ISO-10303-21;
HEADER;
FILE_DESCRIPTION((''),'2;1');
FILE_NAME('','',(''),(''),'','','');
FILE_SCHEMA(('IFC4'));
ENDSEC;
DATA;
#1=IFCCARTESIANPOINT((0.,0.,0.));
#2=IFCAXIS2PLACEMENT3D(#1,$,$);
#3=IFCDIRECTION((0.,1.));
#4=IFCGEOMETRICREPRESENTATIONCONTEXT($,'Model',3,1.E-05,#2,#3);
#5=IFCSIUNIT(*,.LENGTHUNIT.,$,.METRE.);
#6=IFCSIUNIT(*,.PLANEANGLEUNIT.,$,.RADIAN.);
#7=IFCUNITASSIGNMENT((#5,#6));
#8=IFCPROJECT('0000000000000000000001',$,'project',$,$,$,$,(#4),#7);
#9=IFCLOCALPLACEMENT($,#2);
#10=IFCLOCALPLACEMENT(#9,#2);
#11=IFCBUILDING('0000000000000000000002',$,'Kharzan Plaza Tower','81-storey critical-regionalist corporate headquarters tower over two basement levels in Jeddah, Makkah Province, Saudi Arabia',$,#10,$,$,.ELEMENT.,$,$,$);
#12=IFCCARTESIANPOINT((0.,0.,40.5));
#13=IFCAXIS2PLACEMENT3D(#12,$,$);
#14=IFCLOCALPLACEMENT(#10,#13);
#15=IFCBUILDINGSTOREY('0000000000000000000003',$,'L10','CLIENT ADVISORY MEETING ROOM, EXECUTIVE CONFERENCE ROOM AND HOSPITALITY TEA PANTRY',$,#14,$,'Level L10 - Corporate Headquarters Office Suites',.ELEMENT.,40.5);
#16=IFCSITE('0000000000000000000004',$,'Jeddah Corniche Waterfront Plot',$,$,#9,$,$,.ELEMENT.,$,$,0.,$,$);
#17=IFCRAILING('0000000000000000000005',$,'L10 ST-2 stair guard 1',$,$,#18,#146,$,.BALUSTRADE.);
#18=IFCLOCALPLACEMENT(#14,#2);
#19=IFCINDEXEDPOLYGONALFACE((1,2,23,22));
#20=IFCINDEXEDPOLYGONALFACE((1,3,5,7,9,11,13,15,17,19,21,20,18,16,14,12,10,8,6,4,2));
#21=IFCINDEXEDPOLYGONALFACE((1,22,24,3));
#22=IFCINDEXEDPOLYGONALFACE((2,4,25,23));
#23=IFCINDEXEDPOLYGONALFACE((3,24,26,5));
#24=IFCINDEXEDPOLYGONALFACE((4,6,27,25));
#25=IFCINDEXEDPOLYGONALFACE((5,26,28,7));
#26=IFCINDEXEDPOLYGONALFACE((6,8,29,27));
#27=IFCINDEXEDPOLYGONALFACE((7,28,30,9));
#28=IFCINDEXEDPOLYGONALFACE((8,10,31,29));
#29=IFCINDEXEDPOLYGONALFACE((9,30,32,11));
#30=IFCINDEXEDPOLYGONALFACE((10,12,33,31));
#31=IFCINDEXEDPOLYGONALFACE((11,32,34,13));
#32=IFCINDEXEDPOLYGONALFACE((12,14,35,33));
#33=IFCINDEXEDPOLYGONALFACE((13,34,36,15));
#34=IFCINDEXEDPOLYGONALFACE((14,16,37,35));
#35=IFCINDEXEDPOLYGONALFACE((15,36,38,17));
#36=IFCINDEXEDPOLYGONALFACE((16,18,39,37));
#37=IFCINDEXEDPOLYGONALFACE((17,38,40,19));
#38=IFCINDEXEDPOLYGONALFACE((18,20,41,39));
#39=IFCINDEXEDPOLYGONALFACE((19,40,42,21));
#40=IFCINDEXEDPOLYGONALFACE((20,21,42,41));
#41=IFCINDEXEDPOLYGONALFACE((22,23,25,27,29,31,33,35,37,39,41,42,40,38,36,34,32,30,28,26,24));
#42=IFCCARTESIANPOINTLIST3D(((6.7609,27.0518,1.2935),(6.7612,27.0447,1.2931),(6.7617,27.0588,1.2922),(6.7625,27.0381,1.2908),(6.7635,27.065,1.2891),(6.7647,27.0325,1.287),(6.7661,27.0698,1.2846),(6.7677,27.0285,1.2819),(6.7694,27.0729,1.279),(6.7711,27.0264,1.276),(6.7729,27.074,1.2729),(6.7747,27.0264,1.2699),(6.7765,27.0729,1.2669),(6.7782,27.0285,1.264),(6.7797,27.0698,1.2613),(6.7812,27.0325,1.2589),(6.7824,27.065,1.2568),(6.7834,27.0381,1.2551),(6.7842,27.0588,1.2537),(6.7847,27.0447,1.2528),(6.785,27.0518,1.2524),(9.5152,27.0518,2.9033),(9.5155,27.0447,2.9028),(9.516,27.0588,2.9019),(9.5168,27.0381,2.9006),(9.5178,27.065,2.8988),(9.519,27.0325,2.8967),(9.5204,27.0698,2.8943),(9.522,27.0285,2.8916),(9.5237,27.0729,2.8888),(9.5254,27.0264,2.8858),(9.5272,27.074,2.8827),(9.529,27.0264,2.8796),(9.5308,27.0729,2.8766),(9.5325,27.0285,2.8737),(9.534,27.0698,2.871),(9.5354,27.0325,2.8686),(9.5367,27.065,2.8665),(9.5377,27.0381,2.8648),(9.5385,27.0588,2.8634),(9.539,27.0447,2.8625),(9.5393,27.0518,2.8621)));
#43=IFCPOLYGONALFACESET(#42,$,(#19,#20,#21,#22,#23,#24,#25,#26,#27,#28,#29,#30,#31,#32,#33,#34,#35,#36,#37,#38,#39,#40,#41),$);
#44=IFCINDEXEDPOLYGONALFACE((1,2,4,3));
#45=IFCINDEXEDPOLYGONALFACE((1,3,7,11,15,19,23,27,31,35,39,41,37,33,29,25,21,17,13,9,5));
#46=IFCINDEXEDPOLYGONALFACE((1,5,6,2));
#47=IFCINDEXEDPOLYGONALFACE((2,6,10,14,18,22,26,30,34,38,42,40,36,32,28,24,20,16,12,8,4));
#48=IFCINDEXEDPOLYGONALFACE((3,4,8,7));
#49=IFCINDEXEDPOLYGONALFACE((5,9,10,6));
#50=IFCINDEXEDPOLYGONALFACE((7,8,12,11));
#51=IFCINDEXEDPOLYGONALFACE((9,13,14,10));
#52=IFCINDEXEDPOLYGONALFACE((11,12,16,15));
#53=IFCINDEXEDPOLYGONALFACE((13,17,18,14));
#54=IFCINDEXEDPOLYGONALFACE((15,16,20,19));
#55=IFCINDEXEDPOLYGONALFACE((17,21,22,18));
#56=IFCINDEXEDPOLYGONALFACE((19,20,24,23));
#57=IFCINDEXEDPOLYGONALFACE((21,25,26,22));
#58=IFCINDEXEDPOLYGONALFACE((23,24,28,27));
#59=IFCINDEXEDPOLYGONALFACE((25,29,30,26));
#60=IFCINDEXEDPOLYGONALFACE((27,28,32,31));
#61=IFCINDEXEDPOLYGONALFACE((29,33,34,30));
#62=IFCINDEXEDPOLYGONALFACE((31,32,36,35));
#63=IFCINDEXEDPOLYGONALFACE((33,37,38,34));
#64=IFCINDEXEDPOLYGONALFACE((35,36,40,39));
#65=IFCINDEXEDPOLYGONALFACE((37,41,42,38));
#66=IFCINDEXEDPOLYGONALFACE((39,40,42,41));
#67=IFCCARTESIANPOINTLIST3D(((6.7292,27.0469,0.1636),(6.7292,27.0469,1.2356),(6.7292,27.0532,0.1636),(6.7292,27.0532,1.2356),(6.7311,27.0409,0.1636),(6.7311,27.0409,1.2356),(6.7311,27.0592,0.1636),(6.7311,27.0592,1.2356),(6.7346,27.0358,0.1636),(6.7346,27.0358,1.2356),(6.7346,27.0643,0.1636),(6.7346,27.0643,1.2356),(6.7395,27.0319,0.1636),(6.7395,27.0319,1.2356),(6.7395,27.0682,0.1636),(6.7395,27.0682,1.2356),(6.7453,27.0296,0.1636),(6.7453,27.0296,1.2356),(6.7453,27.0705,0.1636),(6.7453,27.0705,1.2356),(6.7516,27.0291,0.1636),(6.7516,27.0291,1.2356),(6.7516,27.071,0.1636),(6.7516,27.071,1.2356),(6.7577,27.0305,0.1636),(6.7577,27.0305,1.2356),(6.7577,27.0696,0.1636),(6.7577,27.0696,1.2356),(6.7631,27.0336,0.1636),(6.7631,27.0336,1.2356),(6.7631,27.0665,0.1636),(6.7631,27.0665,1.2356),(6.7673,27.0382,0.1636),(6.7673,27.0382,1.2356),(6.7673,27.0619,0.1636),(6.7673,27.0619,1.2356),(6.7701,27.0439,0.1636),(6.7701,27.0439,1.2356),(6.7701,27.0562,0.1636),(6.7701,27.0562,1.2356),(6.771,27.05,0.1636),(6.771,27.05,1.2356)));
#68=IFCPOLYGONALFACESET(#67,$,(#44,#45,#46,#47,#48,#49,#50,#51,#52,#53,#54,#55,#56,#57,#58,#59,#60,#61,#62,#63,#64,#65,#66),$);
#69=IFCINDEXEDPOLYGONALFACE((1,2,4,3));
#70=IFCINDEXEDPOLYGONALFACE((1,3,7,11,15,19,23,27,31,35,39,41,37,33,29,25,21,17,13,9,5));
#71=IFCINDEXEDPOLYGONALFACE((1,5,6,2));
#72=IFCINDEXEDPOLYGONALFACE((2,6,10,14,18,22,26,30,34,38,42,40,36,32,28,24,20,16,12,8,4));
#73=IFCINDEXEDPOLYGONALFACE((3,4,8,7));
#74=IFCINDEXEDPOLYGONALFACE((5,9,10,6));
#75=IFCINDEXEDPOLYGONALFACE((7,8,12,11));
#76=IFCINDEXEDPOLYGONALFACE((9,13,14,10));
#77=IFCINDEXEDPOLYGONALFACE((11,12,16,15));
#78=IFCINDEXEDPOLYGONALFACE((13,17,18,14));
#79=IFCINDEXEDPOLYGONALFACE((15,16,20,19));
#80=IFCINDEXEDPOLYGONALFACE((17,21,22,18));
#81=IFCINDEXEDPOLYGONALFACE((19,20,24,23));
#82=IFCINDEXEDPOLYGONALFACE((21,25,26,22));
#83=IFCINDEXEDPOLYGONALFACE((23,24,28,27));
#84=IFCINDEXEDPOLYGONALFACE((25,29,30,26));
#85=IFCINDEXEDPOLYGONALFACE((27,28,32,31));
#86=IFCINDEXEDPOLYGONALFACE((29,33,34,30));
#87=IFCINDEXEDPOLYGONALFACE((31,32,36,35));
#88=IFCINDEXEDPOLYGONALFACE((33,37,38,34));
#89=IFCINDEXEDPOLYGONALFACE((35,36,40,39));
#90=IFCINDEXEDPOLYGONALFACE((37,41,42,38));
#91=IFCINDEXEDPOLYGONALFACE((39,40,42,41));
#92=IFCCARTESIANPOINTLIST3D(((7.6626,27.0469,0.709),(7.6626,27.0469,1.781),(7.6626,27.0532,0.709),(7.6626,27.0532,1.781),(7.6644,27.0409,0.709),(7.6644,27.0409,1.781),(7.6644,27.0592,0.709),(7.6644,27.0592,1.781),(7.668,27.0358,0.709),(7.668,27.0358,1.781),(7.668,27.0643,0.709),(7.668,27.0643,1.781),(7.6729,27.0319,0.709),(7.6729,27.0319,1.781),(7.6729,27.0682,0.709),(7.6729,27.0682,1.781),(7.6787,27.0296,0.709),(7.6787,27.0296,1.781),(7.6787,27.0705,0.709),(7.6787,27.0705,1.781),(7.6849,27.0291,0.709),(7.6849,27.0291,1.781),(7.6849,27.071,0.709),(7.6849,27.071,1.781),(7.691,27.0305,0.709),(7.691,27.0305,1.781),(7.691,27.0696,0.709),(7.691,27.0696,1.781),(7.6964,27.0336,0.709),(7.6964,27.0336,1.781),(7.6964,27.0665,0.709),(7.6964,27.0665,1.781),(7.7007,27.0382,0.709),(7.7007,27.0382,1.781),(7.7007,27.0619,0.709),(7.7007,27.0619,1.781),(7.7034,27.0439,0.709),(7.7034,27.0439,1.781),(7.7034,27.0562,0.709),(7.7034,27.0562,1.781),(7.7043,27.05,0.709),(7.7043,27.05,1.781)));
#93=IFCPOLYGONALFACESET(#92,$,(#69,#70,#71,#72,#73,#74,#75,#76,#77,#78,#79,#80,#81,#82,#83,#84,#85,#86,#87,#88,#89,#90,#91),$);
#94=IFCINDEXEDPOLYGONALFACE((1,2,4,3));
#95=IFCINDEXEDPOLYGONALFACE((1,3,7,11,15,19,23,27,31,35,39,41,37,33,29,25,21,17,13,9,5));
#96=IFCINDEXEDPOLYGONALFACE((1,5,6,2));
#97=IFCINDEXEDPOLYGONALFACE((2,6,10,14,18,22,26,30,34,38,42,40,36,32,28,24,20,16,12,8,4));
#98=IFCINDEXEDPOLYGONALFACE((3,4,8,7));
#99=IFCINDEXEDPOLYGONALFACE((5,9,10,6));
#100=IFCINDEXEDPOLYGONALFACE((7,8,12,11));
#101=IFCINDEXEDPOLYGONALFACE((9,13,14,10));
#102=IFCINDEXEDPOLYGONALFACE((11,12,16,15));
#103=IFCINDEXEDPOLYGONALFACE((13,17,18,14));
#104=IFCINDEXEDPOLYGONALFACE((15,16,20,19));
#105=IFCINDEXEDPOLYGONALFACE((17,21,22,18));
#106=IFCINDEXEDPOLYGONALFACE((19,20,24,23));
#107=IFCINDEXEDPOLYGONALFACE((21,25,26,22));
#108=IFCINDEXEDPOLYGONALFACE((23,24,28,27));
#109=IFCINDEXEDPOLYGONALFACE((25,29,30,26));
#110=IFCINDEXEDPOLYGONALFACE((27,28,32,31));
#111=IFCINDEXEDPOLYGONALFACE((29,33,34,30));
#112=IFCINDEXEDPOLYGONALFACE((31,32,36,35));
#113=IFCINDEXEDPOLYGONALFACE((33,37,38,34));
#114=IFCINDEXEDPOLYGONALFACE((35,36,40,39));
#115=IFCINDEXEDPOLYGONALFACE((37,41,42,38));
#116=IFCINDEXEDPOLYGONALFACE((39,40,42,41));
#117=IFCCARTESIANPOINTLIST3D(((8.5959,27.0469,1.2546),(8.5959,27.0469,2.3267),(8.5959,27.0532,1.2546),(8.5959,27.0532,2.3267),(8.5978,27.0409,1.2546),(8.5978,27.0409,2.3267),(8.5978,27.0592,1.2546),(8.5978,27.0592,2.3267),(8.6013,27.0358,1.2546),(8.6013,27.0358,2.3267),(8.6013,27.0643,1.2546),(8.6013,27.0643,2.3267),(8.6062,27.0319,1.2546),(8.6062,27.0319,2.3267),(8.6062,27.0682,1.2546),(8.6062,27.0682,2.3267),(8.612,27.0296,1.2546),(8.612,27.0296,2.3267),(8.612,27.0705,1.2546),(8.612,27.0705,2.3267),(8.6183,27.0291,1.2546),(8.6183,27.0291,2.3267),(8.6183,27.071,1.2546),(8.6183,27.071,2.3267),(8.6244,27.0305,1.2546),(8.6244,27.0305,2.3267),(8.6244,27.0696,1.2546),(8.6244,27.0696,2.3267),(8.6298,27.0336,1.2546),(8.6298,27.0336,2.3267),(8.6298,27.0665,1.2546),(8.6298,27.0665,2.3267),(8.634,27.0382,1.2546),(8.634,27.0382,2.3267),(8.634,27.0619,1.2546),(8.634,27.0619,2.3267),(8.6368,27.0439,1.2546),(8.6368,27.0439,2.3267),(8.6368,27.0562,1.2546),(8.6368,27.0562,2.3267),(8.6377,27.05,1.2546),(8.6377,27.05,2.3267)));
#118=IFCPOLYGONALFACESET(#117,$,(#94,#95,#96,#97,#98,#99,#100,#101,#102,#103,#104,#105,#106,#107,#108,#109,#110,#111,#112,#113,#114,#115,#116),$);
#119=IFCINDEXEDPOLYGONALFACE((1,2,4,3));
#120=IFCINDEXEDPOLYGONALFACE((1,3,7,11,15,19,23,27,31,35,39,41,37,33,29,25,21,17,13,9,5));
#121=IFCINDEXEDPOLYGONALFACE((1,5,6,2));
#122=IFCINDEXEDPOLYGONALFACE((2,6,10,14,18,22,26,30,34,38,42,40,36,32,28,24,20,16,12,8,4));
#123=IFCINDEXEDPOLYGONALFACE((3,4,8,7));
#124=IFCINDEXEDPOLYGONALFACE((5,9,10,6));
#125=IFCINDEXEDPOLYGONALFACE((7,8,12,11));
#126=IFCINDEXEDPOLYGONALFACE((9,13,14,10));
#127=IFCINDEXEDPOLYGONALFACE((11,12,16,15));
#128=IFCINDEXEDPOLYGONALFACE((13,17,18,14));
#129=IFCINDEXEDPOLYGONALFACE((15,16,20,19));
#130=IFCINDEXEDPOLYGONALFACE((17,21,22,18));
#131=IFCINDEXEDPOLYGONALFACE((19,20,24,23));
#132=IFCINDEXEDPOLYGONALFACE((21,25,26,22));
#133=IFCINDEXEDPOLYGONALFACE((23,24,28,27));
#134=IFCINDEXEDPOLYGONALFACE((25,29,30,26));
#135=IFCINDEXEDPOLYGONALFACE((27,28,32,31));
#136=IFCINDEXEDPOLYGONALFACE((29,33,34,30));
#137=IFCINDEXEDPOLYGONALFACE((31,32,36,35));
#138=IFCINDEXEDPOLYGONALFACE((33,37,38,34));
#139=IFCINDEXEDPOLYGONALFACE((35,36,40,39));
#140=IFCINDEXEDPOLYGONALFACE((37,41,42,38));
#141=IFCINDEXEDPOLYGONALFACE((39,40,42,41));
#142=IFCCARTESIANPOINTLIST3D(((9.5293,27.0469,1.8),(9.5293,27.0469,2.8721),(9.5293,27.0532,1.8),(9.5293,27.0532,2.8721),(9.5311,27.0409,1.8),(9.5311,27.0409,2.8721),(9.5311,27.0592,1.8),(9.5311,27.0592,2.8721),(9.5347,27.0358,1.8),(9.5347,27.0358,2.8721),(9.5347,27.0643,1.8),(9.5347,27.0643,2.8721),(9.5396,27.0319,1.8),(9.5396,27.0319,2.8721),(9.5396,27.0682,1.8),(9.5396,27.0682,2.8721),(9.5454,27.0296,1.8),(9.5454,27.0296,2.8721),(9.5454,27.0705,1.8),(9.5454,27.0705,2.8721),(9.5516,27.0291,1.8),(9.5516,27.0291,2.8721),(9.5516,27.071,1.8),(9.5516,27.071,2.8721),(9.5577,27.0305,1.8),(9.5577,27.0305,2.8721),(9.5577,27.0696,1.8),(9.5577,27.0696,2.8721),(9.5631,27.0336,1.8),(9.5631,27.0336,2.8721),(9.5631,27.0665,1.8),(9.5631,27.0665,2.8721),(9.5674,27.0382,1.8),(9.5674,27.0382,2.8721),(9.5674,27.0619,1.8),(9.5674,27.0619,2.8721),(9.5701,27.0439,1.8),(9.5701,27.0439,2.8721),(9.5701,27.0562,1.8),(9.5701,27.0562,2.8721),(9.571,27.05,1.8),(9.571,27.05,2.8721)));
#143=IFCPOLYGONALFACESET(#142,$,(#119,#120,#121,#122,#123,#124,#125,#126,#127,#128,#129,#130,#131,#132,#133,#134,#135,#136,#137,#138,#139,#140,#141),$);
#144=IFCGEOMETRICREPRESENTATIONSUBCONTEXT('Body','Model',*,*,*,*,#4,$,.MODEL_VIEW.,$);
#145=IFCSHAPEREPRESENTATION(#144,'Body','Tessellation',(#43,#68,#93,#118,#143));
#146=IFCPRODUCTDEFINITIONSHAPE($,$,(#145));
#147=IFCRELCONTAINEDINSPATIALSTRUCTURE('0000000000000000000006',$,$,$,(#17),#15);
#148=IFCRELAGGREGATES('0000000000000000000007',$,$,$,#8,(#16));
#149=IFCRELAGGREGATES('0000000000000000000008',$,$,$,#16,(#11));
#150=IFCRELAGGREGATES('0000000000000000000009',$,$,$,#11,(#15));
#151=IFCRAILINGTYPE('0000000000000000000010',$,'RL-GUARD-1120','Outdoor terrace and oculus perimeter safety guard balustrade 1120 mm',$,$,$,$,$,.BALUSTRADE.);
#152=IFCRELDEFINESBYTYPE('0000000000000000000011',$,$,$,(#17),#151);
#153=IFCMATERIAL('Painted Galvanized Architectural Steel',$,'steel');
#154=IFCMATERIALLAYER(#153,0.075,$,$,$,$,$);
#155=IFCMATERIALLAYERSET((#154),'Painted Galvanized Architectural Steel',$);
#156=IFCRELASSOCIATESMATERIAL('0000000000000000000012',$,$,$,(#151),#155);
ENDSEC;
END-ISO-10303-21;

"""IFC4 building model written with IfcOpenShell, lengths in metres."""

from ifc_helpers import new_model, si_unit, direction, frame, origin, origin_2d, place, context, subcontext, project, spatial, circle, extrude, source, transform, mapped, material, layer, layer_set, type_object, element, save


model = new_model("IFC4")

# Units and contexts
model_context = context("Model", 3, precision=1e-05, world=origin(), true_north=direction((0.0, 1.0)))
body_context = subcontext(model_context, "Body", "Model", "MODEL_VIEW")
ifc_project = project(units=[si_unit("LENGTHUNIT", "METRE"), si_unit("PLANEANGLEUNIT", "RADIAN")], contexts=[model_context])

# Site, building, storey
site_placement = place(None, origin())
site = spatial("IfcSite", under=ifc_project, at=site_placement, Name="Jeddah Corniche Waterfront Plot", CompositionType="ELEMENT", RefElevation=0.0)
building_placement = place(site_placement, origin())
building = spatial("IfcBuilding", under=site, at=building_placement, Name="Kharzan Plaza Tower", Description="81-storey critical-regionalist corporate headquarters tower over two basement levels in Jeddah, Makkah Province, Saudi Arabia", CompositionType="ELEMENT")
storey_placement = place(building_placement, frame((0.0, 0.0, 40.5)))
storey = spatial("IfcBuildingStorey", under=building, at=storey_placement, Name="L10", Description="CLIENT ADVISORY MEETING ROOM, EXECUTIVE CONFERENCE ROOM AND HOSPITALITY TEA PANTRY", LongName="Level L10 - Corporate Headquarters Office Suites", CompositionType="ELEMENT", Elevation=40.5)

# Railing
ifc_material_1 = material(Name="Painted Galvanized Architectural Steel", Category="steel")
ifc_layer_1 = layer(ifc_material_1, 0.075)
ifc_layer_set_1 = layer_set([ifc_layer_1], Name="Painted Galvanized Architectural Steel")
railing_type_1 = type_object("IfcRailingType", Name="RL-GUARD-1120", Description="Outdoor terrace and oculus perimeter safety guard balustrade 1120 mm", PredefinedType="BALUSTRADE", material=ifc_layer_set_1)
shared_shape_1 = source(origin(), body_context, "Body", "SweptSolid", [
    extrude(circle(Radius=0.0239, at=origin_2d()), frame((0.0229, 0.0, 1.1094), z_axis=(0.863361, 0.0, 0.504587), x_axis=(0.0, 1.0, 0.0)), (0.0, 0.0, 1.0), 3.1902),
    extrude(circle(Radius=0.021, at=origin_2d()), origin(), (0.0, 0.0, 1.0), 1.072),
    extrude(circle(Radius=0.021, at=origin_2d()), frame((0.9333, 0.0, 0.5454)), (0.0, 0.0, 1.0), 1.072),
    extrude(circle(Radius=0.021, at=origin_2d()), frame((1.8667, 0.0, 1.0911)), (0.0, 0.0, 1.0), 1.072),
    extrude(circle(Radius=0.021, at=origin_2d()), frame((2.8, 0.0, 1.6365)), (0.0, 0.0, 1.0), 1.072),
])
railing_1_placement = place(storey_placement, frame((6.75, 27.05, 0.1636)))
element("IfcRailing", 1, at=railing_1_placement, inside=storey, type_object=railing_type_1, Name="L10 ST-2 stair guard 1", PredefinedType="BALUSTRADE", context=body_context, shape_type="MappedRepresentation", body=[
    mapped(shared_shape_1, transform((0.0, 0.0, 0.0), x_axis=(1.0, 0.0, 0.0), y_axis=(0.0, 1.0, 0.0), z_axis=(0.0, 0.0, 1.0))),
])

save(model, "model.ifc")
